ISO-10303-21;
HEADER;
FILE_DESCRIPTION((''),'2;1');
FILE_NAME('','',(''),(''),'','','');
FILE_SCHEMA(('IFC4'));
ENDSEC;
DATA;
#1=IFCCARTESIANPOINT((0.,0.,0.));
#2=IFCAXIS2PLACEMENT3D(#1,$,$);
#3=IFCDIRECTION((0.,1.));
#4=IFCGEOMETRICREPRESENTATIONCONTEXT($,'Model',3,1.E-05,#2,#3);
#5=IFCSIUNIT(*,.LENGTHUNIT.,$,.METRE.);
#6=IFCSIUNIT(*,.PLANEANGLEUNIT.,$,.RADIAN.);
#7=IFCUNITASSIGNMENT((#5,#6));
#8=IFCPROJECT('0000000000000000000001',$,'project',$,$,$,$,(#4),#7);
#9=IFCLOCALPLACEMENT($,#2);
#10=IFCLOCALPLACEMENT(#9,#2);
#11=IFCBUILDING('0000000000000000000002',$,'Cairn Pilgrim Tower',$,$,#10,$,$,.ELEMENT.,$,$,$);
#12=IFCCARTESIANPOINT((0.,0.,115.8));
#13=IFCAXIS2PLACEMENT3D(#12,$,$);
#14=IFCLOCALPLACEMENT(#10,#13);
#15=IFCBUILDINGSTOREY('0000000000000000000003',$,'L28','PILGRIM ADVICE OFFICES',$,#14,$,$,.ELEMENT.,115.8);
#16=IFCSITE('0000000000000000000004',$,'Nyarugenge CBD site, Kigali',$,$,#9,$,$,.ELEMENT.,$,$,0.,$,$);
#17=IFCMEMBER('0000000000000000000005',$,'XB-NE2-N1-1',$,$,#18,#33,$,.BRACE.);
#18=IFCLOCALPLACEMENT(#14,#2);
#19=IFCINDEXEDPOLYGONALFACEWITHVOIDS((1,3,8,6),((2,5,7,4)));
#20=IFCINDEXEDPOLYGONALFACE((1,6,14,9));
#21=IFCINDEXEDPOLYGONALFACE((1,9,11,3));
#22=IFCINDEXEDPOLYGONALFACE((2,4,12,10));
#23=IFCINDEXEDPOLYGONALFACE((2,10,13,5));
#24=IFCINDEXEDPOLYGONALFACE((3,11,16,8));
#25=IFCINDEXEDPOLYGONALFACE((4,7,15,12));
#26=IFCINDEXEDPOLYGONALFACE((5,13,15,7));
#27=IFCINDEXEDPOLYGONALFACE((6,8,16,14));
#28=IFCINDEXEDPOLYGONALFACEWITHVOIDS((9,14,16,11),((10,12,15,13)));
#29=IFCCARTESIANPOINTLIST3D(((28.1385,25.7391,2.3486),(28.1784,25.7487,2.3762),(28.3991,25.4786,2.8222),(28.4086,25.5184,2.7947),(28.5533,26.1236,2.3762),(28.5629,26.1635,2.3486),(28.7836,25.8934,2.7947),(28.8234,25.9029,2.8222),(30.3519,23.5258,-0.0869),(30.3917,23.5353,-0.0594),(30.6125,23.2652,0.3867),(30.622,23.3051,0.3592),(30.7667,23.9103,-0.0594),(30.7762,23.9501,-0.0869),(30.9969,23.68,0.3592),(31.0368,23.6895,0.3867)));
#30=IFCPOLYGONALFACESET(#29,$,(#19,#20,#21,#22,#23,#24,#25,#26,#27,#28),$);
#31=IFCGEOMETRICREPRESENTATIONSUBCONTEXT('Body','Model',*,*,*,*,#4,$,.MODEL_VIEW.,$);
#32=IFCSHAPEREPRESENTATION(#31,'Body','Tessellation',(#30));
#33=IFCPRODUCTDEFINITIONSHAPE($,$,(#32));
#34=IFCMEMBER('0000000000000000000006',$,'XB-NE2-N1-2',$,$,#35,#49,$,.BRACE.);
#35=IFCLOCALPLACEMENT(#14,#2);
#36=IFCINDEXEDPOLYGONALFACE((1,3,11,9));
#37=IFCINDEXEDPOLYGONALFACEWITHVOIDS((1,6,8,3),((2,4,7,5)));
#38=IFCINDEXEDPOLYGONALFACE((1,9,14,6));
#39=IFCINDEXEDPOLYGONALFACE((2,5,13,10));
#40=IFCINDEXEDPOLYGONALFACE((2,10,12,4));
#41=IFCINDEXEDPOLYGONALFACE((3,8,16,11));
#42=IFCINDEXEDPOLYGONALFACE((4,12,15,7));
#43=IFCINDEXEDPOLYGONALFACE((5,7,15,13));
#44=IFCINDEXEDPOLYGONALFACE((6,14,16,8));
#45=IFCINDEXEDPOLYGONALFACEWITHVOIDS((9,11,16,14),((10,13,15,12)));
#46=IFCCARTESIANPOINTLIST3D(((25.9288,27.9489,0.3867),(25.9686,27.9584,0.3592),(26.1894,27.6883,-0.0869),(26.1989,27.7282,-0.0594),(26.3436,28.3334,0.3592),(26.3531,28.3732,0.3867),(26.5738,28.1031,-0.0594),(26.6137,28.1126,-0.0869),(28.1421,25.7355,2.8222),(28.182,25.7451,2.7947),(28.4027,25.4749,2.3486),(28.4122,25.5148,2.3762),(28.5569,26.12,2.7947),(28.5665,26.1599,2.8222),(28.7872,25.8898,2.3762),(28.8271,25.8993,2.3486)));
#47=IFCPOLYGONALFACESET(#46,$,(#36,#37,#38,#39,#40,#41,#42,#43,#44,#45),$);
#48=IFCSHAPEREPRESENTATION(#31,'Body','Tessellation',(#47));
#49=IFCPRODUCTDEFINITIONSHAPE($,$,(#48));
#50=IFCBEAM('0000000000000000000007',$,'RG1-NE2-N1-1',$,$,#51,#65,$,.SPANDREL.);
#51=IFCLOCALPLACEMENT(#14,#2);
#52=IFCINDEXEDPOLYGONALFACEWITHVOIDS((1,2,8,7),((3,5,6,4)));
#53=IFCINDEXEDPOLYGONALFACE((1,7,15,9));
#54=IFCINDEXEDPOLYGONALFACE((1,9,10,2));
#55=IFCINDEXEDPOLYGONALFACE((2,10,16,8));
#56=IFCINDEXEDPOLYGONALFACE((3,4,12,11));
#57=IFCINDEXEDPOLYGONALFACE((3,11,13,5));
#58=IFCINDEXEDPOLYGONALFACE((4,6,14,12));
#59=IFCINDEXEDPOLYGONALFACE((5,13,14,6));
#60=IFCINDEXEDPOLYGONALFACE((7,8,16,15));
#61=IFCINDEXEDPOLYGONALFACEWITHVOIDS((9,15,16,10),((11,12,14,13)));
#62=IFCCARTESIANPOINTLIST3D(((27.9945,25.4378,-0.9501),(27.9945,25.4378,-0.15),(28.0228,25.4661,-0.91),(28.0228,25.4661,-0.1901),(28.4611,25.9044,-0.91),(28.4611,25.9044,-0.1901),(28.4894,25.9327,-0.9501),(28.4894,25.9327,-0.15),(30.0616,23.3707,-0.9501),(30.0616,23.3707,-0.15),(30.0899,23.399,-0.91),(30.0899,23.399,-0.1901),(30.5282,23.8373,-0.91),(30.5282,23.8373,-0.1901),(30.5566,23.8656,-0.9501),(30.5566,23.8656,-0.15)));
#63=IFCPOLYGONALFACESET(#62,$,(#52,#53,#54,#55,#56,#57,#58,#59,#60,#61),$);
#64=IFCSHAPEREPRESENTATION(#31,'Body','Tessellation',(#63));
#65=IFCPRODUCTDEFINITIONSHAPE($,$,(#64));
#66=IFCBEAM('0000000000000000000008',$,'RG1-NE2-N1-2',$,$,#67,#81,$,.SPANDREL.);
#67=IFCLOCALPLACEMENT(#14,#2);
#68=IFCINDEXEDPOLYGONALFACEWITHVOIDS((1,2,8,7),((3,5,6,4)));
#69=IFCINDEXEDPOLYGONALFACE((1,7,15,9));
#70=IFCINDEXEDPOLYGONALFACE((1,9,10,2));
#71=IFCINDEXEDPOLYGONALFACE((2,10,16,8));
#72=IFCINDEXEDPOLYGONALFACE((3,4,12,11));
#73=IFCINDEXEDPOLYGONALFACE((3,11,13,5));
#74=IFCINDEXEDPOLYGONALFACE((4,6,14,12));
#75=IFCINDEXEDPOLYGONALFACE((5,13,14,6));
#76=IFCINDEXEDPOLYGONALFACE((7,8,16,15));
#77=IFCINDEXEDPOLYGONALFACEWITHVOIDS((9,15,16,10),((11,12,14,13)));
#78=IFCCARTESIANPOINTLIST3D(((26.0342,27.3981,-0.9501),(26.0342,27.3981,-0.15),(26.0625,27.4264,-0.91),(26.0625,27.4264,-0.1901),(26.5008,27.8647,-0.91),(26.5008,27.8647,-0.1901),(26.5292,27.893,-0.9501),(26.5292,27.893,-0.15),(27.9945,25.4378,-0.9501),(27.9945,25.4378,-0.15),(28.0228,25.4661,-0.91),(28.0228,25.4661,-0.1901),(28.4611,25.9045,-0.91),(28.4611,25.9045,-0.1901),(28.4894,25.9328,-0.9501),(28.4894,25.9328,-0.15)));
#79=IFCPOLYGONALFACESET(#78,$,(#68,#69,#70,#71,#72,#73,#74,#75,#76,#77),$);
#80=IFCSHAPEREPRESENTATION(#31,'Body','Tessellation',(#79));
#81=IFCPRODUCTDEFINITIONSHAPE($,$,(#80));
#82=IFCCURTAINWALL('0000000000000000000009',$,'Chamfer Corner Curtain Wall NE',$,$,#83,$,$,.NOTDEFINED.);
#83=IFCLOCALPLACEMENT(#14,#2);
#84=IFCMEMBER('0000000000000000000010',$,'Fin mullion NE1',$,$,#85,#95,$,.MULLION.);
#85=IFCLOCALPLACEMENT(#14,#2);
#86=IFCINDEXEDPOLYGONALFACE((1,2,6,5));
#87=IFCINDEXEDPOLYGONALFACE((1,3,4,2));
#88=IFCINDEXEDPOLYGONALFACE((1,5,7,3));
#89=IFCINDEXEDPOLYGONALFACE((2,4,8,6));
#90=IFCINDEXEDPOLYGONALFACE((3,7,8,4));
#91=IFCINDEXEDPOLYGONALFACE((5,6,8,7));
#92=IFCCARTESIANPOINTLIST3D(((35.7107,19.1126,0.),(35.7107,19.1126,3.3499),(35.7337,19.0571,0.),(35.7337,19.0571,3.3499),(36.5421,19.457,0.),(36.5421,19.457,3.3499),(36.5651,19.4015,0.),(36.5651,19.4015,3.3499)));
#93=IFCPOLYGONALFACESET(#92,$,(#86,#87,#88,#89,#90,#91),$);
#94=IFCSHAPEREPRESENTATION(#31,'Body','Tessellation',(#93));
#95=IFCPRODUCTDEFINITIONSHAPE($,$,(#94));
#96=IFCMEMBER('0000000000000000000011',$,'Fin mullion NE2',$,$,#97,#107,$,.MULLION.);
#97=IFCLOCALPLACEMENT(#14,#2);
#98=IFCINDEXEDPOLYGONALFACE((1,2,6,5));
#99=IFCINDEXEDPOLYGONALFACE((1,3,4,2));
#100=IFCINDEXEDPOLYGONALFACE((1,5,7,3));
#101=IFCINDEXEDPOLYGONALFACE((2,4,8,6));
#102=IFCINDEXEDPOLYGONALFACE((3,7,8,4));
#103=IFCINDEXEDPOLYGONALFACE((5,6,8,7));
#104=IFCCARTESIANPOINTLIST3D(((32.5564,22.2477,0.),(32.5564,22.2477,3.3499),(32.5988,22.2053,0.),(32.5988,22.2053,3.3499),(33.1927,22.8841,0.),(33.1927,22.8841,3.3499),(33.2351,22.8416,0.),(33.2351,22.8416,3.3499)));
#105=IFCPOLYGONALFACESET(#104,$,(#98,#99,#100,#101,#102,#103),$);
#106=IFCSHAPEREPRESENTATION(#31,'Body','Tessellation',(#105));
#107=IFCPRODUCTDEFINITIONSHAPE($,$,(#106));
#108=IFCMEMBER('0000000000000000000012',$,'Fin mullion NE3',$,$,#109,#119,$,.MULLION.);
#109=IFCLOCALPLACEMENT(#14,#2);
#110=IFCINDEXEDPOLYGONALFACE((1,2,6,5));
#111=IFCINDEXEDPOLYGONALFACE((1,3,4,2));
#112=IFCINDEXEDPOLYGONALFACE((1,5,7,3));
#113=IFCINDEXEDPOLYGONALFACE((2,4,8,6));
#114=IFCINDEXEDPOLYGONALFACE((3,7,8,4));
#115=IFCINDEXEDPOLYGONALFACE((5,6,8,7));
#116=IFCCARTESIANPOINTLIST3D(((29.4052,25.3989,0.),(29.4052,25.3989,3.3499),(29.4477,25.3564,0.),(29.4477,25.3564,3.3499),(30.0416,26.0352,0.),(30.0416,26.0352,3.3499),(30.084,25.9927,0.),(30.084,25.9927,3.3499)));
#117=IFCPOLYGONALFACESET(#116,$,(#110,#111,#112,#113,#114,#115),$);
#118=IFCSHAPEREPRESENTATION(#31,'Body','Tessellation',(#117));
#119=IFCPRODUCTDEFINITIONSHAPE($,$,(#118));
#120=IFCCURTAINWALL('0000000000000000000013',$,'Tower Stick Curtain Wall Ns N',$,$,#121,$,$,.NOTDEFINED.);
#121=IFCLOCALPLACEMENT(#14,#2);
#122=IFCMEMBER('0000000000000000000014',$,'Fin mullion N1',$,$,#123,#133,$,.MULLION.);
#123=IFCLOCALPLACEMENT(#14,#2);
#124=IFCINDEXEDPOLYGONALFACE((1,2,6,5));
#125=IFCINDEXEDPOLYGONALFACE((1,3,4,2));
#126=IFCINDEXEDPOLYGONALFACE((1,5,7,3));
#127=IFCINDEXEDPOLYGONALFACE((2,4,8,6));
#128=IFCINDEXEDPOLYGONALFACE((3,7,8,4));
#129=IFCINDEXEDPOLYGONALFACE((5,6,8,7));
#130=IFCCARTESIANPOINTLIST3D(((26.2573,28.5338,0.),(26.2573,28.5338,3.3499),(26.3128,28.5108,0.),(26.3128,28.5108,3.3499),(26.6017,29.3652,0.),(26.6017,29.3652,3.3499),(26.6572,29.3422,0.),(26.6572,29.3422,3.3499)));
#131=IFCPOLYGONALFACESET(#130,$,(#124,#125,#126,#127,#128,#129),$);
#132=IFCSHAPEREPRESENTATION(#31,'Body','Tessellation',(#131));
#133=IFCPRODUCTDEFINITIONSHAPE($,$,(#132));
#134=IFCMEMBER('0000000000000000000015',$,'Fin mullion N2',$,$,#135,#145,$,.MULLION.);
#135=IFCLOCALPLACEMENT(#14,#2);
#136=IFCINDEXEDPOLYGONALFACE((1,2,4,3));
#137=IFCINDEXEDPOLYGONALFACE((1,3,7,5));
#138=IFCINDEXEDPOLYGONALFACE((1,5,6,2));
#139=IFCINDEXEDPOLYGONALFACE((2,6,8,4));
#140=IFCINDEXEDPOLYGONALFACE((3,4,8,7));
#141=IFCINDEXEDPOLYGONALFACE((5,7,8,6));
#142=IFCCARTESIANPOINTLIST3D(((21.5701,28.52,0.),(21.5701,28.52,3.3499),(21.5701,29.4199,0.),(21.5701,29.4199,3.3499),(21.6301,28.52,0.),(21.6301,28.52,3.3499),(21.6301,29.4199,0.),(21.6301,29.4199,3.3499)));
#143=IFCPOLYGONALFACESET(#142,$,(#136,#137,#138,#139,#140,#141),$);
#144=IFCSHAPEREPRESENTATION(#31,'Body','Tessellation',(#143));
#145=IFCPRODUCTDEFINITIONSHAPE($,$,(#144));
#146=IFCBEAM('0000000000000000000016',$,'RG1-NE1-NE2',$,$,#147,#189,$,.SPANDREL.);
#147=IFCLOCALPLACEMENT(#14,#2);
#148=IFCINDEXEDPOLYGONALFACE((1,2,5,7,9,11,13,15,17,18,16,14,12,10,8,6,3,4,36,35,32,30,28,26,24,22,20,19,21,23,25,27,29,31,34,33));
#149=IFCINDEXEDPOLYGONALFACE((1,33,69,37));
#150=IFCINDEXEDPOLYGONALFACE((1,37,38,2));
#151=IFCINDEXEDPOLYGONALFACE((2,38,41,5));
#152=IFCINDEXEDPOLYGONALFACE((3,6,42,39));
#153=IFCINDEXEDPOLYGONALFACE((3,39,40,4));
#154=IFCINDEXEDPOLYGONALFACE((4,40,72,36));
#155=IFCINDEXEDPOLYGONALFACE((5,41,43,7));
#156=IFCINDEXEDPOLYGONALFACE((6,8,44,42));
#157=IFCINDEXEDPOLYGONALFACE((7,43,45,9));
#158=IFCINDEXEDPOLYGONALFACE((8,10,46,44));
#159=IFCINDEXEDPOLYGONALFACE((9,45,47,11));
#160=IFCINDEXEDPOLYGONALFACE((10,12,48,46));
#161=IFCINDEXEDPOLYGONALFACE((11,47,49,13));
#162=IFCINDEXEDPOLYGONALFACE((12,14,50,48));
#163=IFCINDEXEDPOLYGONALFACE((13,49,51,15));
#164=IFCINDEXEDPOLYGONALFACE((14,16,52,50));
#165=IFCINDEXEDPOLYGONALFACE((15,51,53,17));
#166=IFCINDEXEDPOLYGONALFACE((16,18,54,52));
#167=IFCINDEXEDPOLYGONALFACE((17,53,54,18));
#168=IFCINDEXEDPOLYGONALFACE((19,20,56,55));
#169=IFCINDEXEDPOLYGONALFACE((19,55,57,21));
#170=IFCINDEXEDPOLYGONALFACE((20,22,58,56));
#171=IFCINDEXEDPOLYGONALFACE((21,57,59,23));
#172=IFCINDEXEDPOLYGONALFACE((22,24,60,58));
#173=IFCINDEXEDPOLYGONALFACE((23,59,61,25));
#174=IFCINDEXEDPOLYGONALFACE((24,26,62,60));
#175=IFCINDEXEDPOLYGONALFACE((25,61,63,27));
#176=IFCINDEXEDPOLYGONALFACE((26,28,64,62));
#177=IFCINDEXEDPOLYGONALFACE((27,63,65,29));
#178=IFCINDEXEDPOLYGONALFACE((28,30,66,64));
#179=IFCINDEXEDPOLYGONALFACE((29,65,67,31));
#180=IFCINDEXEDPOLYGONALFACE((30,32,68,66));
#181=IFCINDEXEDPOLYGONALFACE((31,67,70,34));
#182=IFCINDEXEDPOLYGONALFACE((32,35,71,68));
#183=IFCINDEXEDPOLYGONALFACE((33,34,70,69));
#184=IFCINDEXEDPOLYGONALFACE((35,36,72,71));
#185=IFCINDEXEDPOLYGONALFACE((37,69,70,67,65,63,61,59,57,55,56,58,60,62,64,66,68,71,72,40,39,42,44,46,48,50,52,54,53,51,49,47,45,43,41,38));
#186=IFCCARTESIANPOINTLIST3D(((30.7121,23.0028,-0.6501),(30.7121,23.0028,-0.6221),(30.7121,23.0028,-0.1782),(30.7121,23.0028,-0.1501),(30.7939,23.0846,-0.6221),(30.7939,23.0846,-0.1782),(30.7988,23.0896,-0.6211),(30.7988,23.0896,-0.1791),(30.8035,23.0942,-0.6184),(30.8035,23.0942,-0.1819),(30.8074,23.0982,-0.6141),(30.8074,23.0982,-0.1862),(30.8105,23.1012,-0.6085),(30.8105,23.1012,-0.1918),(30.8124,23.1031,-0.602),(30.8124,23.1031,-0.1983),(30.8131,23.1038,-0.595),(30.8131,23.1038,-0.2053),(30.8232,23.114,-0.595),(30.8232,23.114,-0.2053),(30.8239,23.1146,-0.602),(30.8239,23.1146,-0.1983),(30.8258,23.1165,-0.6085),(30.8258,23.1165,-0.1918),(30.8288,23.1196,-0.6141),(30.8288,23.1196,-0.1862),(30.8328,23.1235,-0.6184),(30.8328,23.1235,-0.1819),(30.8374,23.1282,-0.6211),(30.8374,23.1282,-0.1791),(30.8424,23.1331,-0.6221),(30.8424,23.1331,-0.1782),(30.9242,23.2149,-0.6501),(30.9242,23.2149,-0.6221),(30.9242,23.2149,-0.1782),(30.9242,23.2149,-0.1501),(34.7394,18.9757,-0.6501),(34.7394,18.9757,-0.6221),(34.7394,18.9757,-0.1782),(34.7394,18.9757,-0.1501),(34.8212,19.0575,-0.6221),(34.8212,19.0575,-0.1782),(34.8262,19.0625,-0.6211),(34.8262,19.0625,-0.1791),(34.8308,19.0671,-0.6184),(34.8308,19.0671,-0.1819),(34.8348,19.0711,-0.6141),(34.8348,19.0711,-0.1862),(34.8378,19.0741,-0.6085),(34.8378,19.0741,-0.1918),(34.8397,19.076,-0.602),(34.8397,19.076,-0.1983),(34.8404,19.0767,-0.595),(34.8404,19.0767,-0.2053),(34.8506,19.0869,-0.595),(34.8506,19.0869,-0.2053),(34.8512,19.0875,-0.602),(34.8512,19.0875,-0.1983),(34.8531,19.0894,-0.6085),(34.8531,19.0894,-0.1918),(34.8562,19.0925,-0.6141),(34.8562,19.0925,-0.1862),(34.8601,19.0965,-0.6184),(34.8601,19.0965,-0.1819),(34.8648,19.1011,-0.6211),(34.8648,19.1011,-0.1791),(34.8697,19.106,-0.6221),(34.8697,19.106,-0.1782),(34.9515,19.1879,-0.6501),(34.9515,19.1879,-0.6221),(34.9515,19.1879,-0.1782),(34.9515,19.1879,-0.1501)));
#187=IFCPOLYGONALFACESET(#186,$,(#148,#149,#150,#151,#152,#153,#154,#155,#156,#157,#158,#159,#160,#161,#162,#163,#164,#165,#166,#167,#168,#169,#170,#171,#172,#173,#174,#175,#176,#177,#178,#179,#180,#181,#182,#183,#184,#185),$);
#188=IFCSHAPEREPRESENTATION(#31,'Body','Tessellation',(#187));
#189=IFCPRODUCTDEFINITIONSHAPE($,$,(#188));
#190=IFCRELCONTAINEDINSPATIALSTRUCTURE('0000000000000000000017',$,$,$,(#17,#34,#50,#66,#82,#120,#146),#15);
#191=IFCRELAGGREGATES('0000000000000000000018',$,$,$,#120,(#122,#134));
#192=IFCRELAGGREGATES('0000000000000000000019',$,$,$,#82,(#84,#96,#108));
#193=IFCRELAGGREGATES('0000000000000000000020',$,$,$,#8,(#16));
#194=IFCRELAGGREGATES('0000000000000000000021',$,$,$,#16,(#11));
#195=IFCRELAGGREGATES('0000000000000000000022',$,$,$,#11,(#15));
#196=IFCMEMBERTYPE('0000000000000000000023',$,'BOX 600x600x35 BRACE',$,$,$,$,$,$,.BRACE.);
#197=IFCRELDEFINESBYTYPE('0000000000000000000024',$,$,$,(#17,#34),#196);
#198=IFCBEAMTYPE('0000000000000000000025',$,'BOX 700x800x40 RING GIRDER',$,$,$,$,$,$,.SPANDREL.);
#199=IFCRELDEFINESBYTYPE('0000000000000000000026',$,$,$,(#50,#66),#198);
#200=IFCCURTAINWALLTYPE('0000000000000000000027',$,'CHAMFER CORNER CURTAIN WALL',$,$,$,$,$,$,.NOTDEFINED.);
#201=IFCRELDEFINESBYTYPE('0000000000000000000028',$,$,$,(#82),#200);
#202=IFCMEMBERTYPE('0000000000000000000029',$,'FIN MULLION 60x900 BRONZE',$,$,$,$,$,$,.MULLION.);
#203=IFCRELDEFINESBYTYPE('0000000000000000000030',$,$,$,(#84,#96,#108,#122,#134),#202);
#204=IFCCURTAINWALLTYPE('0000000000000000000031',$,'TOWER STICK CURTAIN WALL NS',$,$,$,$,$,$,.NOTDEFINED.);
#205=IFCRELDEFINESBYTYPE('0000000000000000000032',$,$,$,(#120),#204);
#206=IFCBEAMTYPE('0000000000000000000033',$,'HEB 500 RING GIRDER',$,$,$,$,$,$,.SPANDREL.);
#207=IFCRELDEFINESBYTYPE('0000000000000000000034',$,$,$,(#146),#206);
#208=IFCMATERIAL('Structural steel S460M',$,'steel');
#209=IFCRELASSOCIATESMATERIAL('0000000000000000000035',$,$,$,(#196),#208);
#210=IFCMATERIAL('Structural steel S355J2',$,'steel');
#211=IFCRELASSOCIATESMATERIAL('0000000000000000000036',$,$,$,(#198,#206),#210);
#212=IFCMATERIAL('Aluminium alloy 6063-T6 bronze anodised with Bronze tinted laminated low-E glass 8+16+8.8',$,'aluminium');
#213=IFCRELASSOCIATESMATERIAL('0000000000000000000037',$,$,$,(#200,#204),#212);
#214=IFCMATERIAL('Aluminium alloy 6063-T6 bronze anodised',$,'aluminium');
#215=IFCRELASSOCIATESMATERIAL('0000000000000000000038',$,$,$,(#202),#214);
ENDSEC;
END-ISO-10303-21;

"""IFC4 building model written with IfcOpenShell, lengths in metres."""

from ifc_helpers import new_model, si_unit, direction, frame, origin, origin_2d, place, context, subcontext, project, spatial, rectangle, hollow_rectangle, i_section, extrude, material, material_profile, profile_set, type_object, element, aggregate, save


model = new_model("IFC4")

# Units and contexts
model_context = context("Model", 3, precision=1e-05, world=origin(), true_north=direction((0.0, 1.0)))
body_context = subcontext(model_context, "Body", "Model", "MODEL_VIEW")
ifc_project = project(units=[si_unit("LENGTHUNIT", "METRE"), si_unit("PLANEANGLEUNIT", "RADIAN")], contexts=[model_context])

# Site, building, storey
site_placement = place(None, origin())
site = spatial("IfcSite", under=ifc_project, at=site_placement, Name="Nyarugenge CBD site, Kigali", CompositionType="ELEMENT", RefElevation=0.0)
building_placement = place(site_placement, origin())
building = spatial("IfcBuilding", under=site, at=building_placement, Name="Cairn Pilgrim Tower", CompositionType="ELEMENT")
storey_placement = place(building_placement, frame((0.0, 0.0, 115.8)))
storey = spatial("IfcBuildingStorey", under=building, at=storey_placement, Name="L28", Description="PILGRIM ADVICE OFFICES", CompositionType="ELEMENT", Elevation=115.8)

# Shared definitions
ifc_material_1 = material(Name="Structural steel S460M", Category="steel")

# Members
ifc_material_profile_1 = material_profile(ifc_material_1, hollow_rectangle(XDim=0.6001, YDim=0.6001, WallThickness=0.0349, at=origin_2d()), Name="BOX 600x600x35")
ifc_profile_set_1 = profile_set([ifc_material_profile_1], Name="Structural steel S460M")
member_type_1 = type_object("IfcMemberType", Name="BOX 600x600x35 BRACE", PredefinedType="BRACE", material=ifc_profile_set_1)
for number, where, z_axis, x_axis, name in (
    (1, (30.6943, 23.6077, 0.1499), (-0.558074, 0.558074, 0.614091), (-0.707107, -0.707107, 0.0), "XB-NE2-N1-1"),
    (2, (26.2712, 28.0308, 0.1499), (0.558074, -0.558074, 0.614091), (0.707107, 0.707107, 0.0), "XB-NE2-N1-2"),
):
    element("IfcMember", number, at=place(storey_placement, frame(where, z_axis=z_axis, x_axis=x_axis)), inside=storey, type_object=member_type_1, Name=name, PredefinedType="BRACE", context=body_context, shape_type="SweptSolid", body=[
        extrude(hollow_rectangle(XDim=0.6001, YDim=0.6001, WallThickness=0.0349, at=origin_2d()), origin(), (0.0, 0.0, 1.0), 3.9661),
    ])

# Beams
ifc_material_2 = material(Name="Structural steel S355J2", Category="steel")
ifc_material_profile_2 = material_profile(ifc_material_2, hollow_rectangle(XDim=0.7, YDim=0.8, WallThickness=0.04, at=origin_2d()), Name="BOX 700x800x40")
ifc_profile_set_2 = profile_set([ifc_material_profile_2], Name="Structural steel S355J2")
beam_type_1 = type_object("IfcBeamType", Name="BOX 700x800x40 RING GIRDER", PredefinedType="SPANDREL", material=ifc_profile_set_2)
beam_1_placement = place(storey_placement, frame((30.3091, 23.6182, -0.55), z_axis=(-0.707107, 0.707107, 0.0), x_axis=(-0.707107, -0.707107, 0.0)))
element("IfcBeam", 3, at=beam_1_placement, inside=storey, type_object=beam_type_1, Name="RG1-NE2-N1-1", PredefinedType="SPANDREL", context=body_context, shape_type="SweptSolid", body=[
    extrude(hollow_rectangle(XDim=0.7, YDim=0.8, WallThickness=0.04, at=origin_2d()), origin(), (0.0, 0.0, 1.0), 2.9233),
])
beam_2_placement = place(storey_placement, frame((28.2419, 25.6853, -0.55), z_axis=(-0.707107, 0.707107, 0.0), x_axis=(-0.707107, -0.707107, 0.0)))
element("IfcBeam", 4, at=beam_2_placement, inside=storey, type_object=beam_type_1, Name="RG1-NE2-N1-2", PredefinedType="SPANDREL", context=body_context, shape_type="SweptSolid", body=[
    extrude(hollow_rectangle(XDim=0.7, YDim=0.8, WallThickness=0.04, at=origin_2d()), origin(), (0.0, 0.0, 1.0), 2.7722),
])

# Curtain walls, members
ifc_material_3 = material(Name="Aluminium alloy 6063-T6 bronze anodised with Bronze tinted laminated low-E glass 8+16+8.8", Category="aluminium")
curtain_wall_type_1 = type_object("IfcCurtainWallType", Name="CHAMFER CORNER CURTAIN WALL", PredefinedType="NOTDEFINED", material=ifc_material_3)
curtain_wall_1_placement = place(storey_placement, origin())
curtain_wall_1 = element("IfcCurtainWall", 5, at=curtain_wall_1_placement, inside=storey, type_object=curtain_wall_type_1, Name="Chamfer Corner Curtain Wall NE", PredefinedType="NOTDEFINED")
ifc_material_4 = material(Name="Aluminium alloy 6063-T6 bronze anodised", Category="aluminium")
ifc_material_profile_3 = material_profile(ifc_material_4, rectangle(XDim=0.8999, YDim=0.0601, at=origin_2d()), Name="FIN MULLION 60x900 BRONZE")
ifc_profile_set_3 = profile_set([ifc_material_profile_3], Name="Aluminium alloy 6063-T6 bronze anodised")
member_type_2 = type_object("IfcMemberType", Name="FIN MULLION 60x900 BRONZE", PredefinedType="MULLION", material=ifc_profile_set_3)
member_1_placement = place(storey_placement, frame((36.1379, 19.2571, 0.0), z_axis=(0.0, 0.0, 1.0), x_axis=(0.92388, 0.382683, 0.0)))
member_1 = element("IfcMember", 6, at=member_1_placement, type_object=member_type_2, Name="Fin mullion NE1", PredefinedType="MULLION", context=body_context, shape_type="SweptSolid", body=[
    extrude(rectangle(XDim=0.8999, YDim=0.0601, at=origin_2d()), origin(), (0.0, 0.0, 1.0), 3.3499),
])
member_2_placement = place(storey_placement, frame((32.8958, 22.5447, 0.0), z_axis=(0.0, 0.0, 1.0), x_axis=(0.707107, 0.707107, 0.0)))
member_2 = element("IfcMember", 7, at=member_2_placement, type_object=member_type_2, Name="Fin mullion NE2", PredefinedType="MULLION", context=body_context, shape_type="SweptSolid", body=[
    extrude(rectangle(XDim=0.8999, YDim=0.0601, at=origin_2d()), origin(), (0.0, 0.0, 1.0), 3.3499),
])
member_3_placement = place(storey_placement, frame((29.7446, 25.6958, 0.0), z_axis=(0.0, 0.0, 1.0), x_axis=(0.707107, 0.707107, 0.0)))
member_3 = element("IfcMember", 8, at=member_3_placement, type_object=member_type_2, Name="Fin mullion NE3", PredefinedType="MULLION", context=body_context, shape_type="SweptSolid", body=[
    extrude(rectangle(XDim=0.8999, YDim=0.0601, at=origin_2d()), origin(), (0.0, 0.0, 1.0), 3.3499),
])
curtain_wall_type_2 = type_object("IfcCurtainWallType", Name="TOWER STICK CURTAIN WALL NS", PredefinedType="NOTDEFINED", material=ifc_material_3)
curtain_wall_2_placement = place(storey_placement, origin())
curtain_wall_2 = element("IfcCurtainWall", 9, at=curtain_wall_2_placement, inside=storey, type_object=curtain_wall_type_2, Name="Tower Stick Curtain Wall Ns N", PredefinedType="NOTDEFINED")
member_4_placement = place(storey_placement, frame((26.4573, 28.938, 0.0), z_axis=(0.0, 0.0, 1.0), x_axis=(0.382683, 0.92388, 0.0)))
member_4 = element("IfcMember", 10, at=member_4_placement, type_object=member_type_2, Name="Fin mullion N1", PredefinedType="MULLION", context=body_context, shape_type="SweptSolid", body=[
    extrude(rectangle(XDim=0.8999, YDim=0.0601, at=origin_2d()), origin(), (0.0, 0.0, 1.0), 3.3499),
])
member_5_placement = place(storey_placement, frame((21.6001, 28.97, 0.0), z_axis=(0.0, 0.0, 1.0), x_axis=(0.0, 1.0, 0.0)))
member_5 = element("IfcMember", 11, at=member_5_placement, type_object=member_type_2, Name="Fin mullion N2", PredefinedType="MULLION", context=body_context, shape_type="SweptSolid", body=[
    extrude(rectangle(XDim=0.8999, YDim=0.0601, at=origin_2d()), origin(), (0.0, 0.0, 1.0), 3.3499),
])

# Beam
ifc_material_profile_4 = material_profile(ifc_material_2, i_section(OverallWidth=0.3, OverallDepth=0.5, WebThickness=0.0144, FlangeThickness=0.0281, FilletRadius=0.0271, at=origin_2d()), Name="HEB 500")
ifc_profile_set_4 = profile_set([ifc_material_profile_4], Name="Structural steel S355J2")
beam_type_2 = type_object("IfcBeamType", Name="HEB 500 RING GIRDER", PredefinedType="SPANDREL", material=ifc_profile_set_4)
beam_3_placement = place(storey_placement, frame((34.8455, 19.0818, -0.4001), z_axis=(-0.707128, 0.707085, 0.0), x_axis=(-0.707085, -0.707128, 0.0)))
element("IfcBeam", 12, at=beam_3_placement, inside=storey, type_object=beam_type_2, Name="RG1-NE1-NE2", PredefinedType="SPANDREL", context=body_context, shape_type="SweptSolid", body=[
    extrude(i_section(OverallWidth=0.3, OverallDepth=0.5, WebThickness=0.0144, FlangeThickness=0.0281, FilletRadius=0.0271, at=origin_2d()), origin(), (0.0, 0.0, 1.0), 5.6953),
])

aggregate(curtain_wall_2, [member_4, member_5])
aggregate(curtain_wall_1, [member_1, member_2, member_3])

save(model, "model.ifc")
